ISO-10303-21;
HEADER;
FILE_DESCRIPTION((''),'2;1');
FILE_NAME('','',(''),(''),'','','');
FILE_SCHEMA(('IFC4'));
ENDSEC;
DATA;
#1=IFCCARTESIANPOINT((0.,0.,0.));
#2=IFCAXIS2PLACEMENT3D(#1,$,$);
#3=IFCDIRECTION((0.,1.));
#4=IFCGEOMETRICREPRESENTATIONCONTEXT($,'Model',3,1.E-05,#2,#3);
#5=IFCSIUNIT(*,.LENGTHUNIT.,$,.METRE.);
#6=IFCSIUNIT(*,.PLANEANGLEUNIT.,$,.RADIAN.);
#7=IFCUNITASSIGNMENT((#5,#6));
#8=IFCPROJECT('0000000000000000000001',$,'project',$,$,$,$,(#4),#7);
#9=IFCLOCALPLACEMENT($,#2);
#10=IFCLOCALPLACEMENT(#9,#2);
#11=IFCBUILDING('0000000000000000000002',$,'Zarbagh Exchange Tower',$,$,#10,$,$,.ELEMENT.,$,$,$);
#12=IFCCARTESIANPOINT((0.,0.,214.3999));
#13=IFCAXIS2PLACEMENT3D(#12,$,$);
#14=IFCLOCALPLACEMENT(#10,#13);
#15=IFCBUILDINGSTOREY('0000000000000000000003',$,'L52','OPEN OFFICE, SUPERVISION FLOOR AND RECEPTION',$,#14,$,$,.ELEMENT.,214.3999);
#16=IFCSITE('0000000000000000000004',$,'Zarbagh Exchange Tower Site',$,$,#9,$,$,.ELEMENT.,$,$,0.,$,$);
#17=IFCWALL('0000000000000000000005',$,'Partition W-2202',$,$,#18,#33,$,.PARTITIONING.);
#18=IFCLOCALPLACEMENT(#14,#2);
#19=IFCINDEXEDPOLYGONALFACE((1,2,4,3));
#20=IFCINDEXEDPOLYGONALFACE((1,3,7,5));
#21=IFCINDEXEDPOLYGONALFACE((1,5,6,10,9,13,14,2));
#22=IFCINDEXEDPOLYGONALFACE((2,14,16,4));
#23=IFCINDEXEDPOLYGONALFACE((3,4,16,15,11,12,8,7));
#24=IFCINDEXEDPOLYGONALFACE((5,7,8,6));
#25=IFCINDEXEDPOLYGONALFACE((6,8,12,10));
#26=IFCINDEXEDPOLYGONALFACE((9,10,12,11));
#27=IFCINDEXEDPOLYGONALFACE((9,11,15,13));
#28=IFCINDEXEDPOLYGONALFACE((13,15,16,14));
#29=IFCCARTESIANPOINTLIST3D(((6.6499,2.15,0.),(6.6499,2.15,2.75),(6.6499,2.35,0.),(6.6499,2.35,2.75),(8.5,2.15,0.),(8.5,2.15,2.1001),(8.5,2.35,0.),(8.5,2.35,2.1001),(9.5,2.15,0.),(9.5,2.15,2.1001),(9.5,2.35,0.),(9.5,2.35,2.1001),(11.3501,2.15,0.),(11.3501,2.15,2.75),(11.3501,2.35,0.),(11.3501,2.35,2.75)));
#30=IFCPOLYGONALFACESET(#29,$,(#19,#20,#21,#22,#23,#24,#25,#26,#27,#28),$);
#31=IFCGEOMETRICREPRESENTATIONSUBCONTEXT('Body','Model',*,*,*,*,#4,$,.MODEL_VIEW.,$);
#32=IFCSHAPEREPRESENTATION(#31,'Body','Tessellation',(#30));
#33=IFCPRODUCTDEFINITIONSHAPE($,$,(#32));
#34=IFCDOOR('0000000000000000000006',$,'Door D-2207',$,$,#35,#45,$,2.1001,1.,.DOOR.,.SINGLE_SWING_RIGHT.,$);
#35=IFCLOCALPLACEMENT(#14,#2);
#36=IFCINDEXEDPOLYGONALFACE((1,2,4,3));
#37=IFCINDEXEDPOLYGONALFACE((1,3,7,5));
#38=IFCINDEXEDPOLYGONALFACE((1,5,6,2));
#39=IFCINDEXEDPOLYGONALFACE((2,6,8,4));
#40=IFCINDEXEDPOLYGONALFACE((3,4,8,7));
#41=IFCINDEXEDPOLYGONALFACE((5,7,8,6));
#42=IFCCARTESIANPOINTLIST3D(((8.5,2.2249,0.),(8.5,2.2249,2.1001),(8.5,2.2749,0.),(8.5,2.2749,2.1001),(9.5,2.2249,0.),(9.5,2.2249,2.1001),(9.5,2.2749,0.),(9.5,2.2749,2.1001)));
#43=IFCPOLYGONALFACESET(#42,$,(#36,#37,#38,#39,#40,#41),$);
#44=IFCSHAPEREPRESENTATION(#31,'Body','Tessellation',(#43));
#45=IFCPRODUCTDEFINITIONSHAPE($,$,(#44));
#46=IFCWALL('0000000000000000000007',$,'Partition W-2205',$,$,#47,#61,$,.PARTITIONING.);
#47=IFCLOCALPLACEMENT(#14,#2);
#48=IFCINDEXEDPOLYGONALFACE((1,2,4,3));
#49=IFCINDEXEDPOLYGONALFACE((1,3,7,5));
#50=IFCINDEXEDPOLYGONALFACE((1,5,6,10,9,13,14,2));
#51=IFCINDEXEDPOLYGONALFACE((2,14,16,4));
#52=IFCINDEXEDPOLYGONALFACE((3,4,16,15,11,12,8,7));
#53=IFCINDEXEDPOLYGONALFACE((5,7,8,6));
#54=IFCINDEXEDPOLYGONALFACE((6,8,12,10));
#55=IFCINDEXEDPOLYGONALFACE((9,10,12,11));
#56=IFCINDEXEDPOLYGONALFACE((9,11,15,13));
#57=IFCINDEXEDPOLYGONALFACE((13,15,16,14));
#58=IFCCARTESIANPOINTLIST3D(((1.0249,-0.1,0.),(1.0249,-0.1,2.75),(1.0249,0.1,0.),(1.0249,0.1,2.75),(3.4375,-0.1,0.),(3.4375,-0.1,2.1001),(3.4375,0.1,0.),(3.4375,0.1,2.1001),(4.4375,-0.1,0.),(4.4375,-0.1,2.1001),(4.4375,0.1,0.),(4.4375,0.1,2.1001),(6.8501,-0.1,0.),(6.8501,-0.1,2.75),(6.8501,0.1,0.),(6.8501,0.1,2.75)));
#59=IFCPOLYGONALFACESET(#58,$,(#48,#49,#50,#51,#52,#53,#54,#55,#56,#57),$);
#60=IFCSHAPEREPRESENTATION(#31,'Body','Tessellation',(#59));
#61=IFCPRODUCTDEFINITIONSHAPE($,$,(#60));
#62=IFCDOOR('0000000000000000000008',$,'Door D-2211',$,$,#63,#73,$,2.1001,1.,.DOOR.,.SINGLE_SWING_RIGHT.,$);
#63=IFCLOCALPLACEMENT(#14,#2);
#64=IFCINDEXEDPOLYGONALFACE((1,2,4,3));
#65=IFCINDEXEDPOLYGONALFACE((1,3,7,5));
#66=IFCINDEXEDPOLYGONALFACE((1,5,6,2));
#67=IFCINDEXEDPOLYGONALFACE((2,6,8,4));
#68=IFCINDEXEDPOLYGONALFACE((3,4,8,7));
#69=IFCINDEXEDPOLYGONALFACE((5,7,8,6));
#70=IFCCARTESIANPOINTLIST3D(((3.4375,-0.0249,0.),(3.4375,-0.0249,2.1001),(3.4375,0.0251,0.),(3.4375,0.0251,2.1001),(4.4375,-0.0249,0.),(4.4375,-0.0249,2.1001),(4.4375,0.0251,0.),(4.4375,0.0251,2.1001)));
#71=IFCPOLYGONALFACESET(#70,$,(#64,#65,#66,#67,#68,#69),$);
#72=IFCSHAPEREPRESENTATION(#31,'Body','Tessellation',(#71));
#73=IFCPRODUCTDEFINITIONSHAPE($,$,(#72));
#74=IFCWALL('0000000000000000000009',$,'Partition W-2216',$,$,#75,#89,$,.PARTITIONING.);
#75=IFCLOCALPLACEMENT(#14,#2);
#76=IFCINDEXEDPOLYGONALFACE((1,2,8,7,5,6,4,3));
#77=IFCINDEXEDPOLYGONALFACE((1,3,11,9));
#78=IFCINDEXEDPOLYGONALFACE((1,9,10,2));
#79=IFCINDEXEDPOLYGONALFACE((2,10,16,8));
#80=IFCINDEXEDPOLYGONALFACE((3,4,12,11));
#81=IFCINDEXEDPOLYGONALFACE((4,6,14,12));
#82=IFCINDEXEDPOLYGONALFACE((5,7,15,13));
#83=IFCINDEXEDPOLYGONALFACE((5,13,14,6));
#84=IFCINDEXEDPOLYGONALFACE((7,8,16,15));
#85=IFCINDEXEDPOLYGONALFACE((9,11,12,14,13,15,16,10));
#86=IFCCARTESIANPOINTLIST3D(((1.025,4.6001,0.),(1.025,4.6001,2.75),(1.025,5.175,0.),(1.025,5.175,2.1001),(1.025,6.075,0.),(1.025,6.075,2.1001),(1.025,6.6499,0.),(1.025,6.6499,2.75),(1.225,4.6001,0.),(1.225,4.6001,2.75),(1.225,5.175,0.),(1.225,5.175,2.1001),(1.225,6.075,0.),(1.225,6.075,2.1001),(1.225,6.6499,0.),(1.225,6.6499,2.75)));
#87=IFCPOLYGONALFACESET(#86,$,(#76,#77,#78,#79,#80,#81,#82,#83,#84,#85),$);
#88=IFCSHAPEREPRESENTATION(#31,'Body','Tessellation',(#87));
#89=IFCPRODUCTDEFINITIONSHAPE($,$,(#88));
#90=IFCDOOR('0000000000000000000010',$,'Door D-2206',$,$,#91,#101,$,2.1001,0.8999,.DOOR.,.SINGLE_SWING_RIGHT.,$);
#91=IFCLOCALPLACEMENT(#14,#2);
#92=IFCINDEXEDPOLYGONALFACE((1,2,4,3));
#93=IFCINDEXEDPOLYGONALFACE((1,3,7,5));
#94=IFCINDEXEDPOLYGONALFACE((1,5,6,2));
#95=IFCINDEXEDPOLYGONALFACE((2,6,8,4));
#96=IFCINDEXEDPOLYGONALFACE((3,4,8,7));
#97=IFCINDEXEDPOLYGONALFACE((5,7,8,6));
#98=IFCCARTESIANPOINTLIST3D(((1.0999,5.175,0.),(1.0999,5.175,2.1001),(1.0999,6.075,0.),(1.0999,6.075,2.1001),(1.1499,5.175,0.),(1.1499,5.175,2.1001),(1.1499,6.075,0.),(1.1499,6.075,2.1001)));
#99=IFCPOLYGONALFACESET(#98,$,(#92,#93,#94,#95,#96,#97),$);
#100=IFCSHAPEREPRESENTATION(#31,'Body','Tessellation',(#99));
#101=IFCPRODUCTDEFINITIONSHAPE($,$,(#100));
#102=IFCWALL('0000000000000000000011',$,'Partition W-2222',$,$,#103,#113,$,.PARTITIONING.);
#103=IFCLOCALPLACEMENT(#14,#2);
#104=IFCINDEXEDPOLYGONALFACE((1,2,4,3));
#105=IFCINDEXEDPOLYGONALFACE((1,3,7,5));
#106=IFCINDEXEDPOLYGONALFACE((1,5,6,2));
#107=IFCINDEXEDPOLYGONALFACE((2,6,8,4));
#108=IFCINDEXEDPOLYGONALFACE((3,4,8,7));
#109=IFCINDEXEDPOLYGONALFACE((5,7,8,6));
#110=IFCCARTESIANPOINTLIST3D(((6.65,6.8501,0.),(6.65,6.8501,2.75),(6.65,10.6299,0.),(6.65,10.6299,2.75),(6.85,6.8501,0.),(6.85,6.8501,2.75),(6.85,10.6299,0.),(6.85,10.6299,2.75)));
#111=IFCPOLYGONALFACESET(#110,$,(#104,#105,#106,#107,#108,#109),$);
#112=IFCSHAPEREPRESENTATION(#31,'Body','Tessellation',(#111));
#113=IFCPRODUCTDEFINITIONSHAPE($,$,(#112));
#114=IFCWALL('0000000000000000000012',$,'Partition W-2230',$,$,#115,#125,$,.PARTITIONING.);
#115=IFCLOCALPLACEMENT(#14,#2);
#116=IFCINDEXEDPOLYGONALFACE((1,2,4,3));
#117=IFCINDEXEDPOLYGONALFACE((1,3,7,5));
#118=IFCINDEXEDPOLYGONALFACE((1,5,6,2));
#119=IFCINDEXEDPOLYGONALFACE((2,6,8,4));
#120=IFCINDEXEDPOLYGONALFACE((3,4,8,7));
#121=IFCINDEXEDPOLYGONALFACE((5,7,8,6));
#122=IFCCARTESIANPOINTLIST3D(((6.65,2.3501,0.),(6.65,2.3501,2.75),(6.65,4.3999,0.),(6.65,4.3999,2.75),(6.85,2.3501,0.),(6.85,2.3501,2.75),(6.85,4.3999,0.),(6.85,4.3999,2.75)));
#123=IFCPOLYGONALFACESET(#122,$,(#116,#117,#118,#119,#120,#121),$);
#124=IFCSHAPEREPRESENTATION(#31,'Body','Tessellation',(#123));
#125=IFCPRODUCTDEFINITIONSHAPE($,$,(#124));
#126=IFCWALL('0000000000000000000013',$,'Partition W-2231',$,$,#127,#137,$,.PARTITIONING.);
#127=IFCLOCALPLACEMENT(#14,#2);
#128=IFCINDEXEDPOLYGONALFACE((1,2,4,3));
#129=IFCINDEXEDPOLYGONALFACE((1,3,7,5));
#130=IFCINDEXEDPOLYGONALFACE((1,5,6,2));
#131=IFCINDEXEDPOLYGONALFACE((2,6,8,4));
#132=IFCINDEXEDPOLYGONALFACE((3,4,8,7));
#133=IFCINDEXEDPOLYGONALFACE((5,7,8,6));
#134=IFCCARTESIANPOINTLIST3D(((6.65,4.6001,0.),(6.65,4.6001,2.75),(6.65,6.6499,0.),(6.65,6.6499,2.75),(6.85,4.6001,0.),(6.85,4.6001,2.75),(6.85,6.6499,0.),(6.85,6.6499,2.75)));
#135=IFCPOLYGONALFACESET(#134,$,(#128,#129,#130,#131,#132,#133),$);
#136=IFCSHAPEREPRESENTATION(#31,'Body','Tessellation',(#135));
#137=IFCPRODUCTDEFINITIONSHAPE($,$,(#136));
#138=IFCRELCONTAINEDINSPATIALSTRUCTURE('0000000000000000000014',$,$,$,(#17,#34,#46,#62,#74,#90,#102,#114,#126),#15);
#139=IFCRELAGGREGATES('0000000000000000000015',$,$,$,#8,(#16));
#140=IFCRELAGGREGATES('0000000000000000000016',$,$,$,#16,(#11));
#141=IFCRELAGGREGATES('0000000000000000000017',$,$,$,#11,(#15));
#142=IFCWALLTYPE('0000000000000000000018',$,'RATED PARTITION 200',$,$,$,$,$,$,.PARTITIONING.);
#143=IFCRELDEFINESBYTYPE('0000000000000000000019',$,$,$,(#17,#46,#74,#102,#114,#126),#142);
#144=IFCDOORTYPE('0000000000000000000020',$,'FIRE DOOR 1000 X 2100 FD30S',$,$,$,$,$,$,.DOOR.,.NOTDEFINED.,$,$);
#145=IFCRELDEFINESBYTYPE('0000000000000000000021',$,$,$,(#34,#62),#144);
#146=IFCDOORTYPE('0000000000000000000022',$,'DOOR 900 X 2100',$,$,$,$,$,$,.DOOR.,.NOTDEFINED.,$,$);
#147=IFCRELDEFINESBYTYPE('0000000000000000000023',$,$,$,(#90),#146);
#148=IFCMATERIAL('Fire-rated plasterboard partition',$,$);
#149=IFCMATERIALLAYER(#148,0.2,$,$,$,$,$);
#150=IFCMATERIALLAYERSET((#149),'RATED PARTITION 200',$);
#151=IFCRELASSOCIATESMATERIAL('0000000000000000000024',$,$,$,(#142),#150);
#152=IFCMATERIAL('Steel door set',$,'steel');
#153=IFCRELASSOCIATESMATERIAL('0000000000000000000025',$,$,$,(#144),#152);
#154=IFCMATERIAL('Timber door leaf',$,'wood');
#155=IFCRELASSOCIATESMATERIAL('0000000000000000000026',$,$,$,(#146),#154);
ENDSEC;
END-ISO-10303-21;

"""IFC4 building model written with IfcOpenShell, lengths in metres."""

from ifc_helpers import new_model, si_unit, direction, frame, frame_2d, origin, place, context, subcontext, project, spatial, rectangle, extrude, material, layer, layer_set, type_object, element, fill, save


model = new_model("IFC4")

# Units and contexts
model_context = context("Model", 3, precision=1e-05, world=origin(), true_north=direction((0.0, 1.0)))
body_context = subcontext(model_context, "Body", "Model", "MODEL_VIEW")
ifc_project = project(units=[si_unit("LENGTHUNIT", "METRE"), si_unit("PLANEANGLEUNIT", "RADIAN")], contexts=[model_context])

# Site, building, storey
site_placement = place(None, origin())
site = spatial("IfcSite", under=ifc_project, at=site_placement, Name="Zarbagh Exchange Tower Site", CompositionType="ELEMENT", RefElevation=0.0)
building_placement = place(site_placement, origin())
building = spatial("IfcBuilding", under=site, at=building_placement, Name="Zarbagh Exchange Tower", CompositionType="ELEMENT")
storey_placement = place(building_placement, frame((0.0, 0.0, 214.3999)))
storey = spatial("IfcBuildingStorey", under=building, at=storey_placement, Name="L52", Description="OPEN OFFICE, SUPERVISION FLOOR AND RECEPTION", CompositionType="ELEMENT", Elevation=214.3999)

# Walls, openings, doors
ifc_material_1 = material(Name="Fire-rated plasterboard partition")
ifc_layer_1 = layer(ifc_material_1, 0.2)
ifc_layer_set_1 = layer_set([ifc_layer_1], Name="RATED PARTITION 200")
wall_type_1 = type_object("IfcWallType", Name="RATED PARTITION 200", PredefinedType="PARTITIONING", material=ifc_layer_set_1)
wall_1_placement = place(storey_placement, frame((6.6499, 2.25, 0.0), z_axis=(0.0, 0.0, 1.0), x_axis=(1.0, 0.0, 0.0)))
wall_1 = element("IfcWall", 1, at=wall_1_placement, inside=storey, type_object=wall_type_1, Name="Partition W-2202", PredefinedType="PARTITIONING", context=body_context, shape_type="SweptSolid", body=[
    extrude(rectangle(XDim=4.7002, YDim=0.2, at=frame_2d((2.3501, 0.0))), origin(), (0.0, 0.0, 1.0), 2.75),
])
opening_1_placement = place(wall_1_placement, frame((1.8501, 0.0, 0.0)))
opening_1 = element("IfcOpeningElement", 2, at=opening_1_placement, cuts=wall_1, PredefinedType="OPENING", context=body_context, shape_type="SweptSolid", body=[
    extrude(rectangle(XDim=1.0, YDim=2.1001, at=frame_2d((0.5, 1.05))), frame((0.0, 0.1099, 0.0), z_axis=(0.0, -1.0, 0.0), x_axis=(1.0, 0.0, 0.0)), (0.0, 0.0, 1.0), 0.22),
])
ifc_material_2 = material(Name="Steel door set", Category="steel")
door_type_1 = type_object("IfcDoorType", Name="FIRE DOOR 1000 X 2100 FD30S", OperationType="NOTDEFINED", PredefinedType="DOOR", material=ifc_material_2)
door_1_placement = place(opening_1_placement, origin())
door_1 = element("IfcDoor", 3, at=door_1_placement, inside=storey, type_object=door_type_1, Name="Door D-2207", OperationType="SINGLE_SWING_RIGHT", OverallHeight=2.1001, OverallWidth=1.0, PredefinedType="DOOR", context=body_context, shape_type="SweptSolid", body=[
    extrude(rectangle(XDim=1.0, YDim=2.1001, at=frame_2d((0.5, 1.05))), frame((0.0, 0.0249, 0.0), z_axis=(0.0, -1.0, 0.0), x_axis=(1.0, 0.0, 0.0)), (0.0, 0.0, 1.0), 0.05),
])
fill(opening_1, door_1)
wall_2_placement = place(storey_placement, frame((6.8501, 0.0, 0.0), z_axis=(0.0, 0.0, 1.0), x_axis=(-1.0, 0.0, 0.0)))
wall_2 = element("IfcWall", 4, at=wall_2_placement, inside=storey, type_object=wall_type_1, Name="Partition W-2205", PredefinedType="PARTITIONING", context=body_context, shape_type="SweptSolid", body=[
    extrude(rectangle(XDim=5.8252, YDim=0.2, at=frame_2d((2.9126, 0.0))), origin(), (0.0, 0.0, 1.0), 2.75),
])
opening_2_placement = place(wall_2_placement, frame((2.4126, 0.0, 0.0)))
opening_2 = element("IfcOpeningElement", 5, at=opening_2_placement, cuts=wall_2, PredefinedType="OPENING", context=body_context, shape_type="SweptSolid", body=[
    extrude(rectangle(XDim=1.0, YDim=2.1001, at=frame_2d((0.5, 1.05))), frame((0.0, 0.1099, 0.0), z_axis=(0.0, -1.0, 0.0), x_axis=(1.0, 0.0, 0.0)), (0.0, 0.0, 1.0), 0.22),
])
door_2_placement = place(opening_2_placement, origin())
door_2 = element("IfcDoor", 6, at=door_2_placement, inside=storey, type_object=door_type_1, Name="Door D-2211", OperationType="SINGLE_SWING_RIGHT", OverallHeight=2.1001, OverallWidth=1.0, PredefinedType="DOOR", context=body_context, shape_type="SweptSolid", body=[
    extrude(rectangle(XDim=1.0, YDim=2.1001, at=frame_2d((0.5, 1.05))), frame((0.0, 0.0249, 0.0), z_axis=(0.0, -1.0, 0.0), x_axis=(1.0, 0.0, 0.0)), (0.0, 0.0, 1.0), 0.05),
])
fill(opening_2, door_2)
wall_3_placement = place(storey_placement, frame((1.125, 6.6499, 0.0), z_axis=(0.0, 0.0, 1.0), x_axis=(0.0, -1.0, 0.0)))
wall_3 = element("IfcWall", 7, at=wall_3_placement, inside=storey, type_object=wall_type_1, Name="Partition W-2216", PredefinedType="PARTITIONING", context=body_context, shape_type="SweptSolid", body=[
    extrude(rectangle(XDim=2.0498, YDim=0.2, at=frame_2d((1.0249, 0.0))), origin(), (0.0, 0.0, 1.0), 2.75),
])
opening_3_placement = place(wall_3_placement, frame((0.575, 0.0, 0.0)))
opening_3 = element("IfcOpeningElement", 8, at=opening_3_placement, cuts=wall_3, PredefinedType="OPENING", context=body_context, shape_type="SweptSolid", body=[
    extrude(rectangle(XDim=0.8999, YDim=2.1001, at=frame_2d((0.45, 1.05))), frame((0.0, 0.1099, 0.0), z_axis=(0.0, -1.0, 0.0), x_axis=(1.0, 0.0, 0.0)), (0.0, 0.0, 1.0), 0.22),
])
ifc_material_3 = material(Name="Timber door leaf", Category="wood")
door_type_2 = type_object("IfcDoorType", Name="DOOR 900 X 2100", OperationType="NOTDEFINED", PredefinedType="DOOR", material=ifc_material_3)
door_3_placement = place(opening_3_placement, origin())
door_3 = element("IfcDoor", 9, at=door_3_placement, inside=storey, type_object=door_type_2, Name="Door D-2206", OperationType="SINGLE_SWING_RIGHT", OverallHeight=2.1001, OverallWidth=0.8999, PredefinedType="DOOR", context=body_context, shape_type="SweptSolid", body=[
    extrude(rectangle(XDim=0.8999, YDim=2.1001, at=frame_2d((0.45, 1.05))), frame((0.0, 0.0249, 0.0), z_axis=(0.0, -1.0, 0.0), x_axis=(1.0, 0.0, 0.0)), (0.0, 0.0, 1.0), 0.05),
])
fill(opening_3, door_3)

# Walls
wall_4_placement = place(storey_placement, frame((6.75, 6.8501, 0.0), z_axis=(0.0, 0.0, 1.0), x_axis=(0.0, 1.0, 0.0)))
element("IfcWall", 10, at=wall_4_placement, inside=storey, type_object=wall_type_1, Name="Partition W-2222", PredefinedType="PARTITIONING", context=body_context, shape_type="SweptSolid", body=[
    extrude(rectangle(XDim=3.7798, YDim=0.2, at=frame_2d((1.8899, 0.0))), origin(), (0.0, 0.0, 1.0), 2.75),
])
for number, where, z_axis, x_axis, name in (
    (11, (6.75, 2.3501, 0.0), (0.0, 0.0, 1.0), (0.0, 1.0, 0.0), "Partition W-2230"),
    (12, (6.75, 4.6001, 0.0), (0.0, 0.0, 1.0), (0.0, 1.0, 0.0), "Partition W-2231"),
):
    element("IfcWall", number, at=place(storey_placement, frame(where, z_axis=z_axis, x_axis=x_axis)), inside=storey, type_object=wall_type_1, Name=name, PredefinedType="PARTITIONING", context=body_context, shape_type="SweptSolid", body=[
        extrude(rectangle(XDim=2.0498, YDim=0.2, at=frame_2d((1.0249, 0.0))), origin(), (0.0, 0.0, 1.0), 2.75),
    ])

save(model, "model.ifc")
